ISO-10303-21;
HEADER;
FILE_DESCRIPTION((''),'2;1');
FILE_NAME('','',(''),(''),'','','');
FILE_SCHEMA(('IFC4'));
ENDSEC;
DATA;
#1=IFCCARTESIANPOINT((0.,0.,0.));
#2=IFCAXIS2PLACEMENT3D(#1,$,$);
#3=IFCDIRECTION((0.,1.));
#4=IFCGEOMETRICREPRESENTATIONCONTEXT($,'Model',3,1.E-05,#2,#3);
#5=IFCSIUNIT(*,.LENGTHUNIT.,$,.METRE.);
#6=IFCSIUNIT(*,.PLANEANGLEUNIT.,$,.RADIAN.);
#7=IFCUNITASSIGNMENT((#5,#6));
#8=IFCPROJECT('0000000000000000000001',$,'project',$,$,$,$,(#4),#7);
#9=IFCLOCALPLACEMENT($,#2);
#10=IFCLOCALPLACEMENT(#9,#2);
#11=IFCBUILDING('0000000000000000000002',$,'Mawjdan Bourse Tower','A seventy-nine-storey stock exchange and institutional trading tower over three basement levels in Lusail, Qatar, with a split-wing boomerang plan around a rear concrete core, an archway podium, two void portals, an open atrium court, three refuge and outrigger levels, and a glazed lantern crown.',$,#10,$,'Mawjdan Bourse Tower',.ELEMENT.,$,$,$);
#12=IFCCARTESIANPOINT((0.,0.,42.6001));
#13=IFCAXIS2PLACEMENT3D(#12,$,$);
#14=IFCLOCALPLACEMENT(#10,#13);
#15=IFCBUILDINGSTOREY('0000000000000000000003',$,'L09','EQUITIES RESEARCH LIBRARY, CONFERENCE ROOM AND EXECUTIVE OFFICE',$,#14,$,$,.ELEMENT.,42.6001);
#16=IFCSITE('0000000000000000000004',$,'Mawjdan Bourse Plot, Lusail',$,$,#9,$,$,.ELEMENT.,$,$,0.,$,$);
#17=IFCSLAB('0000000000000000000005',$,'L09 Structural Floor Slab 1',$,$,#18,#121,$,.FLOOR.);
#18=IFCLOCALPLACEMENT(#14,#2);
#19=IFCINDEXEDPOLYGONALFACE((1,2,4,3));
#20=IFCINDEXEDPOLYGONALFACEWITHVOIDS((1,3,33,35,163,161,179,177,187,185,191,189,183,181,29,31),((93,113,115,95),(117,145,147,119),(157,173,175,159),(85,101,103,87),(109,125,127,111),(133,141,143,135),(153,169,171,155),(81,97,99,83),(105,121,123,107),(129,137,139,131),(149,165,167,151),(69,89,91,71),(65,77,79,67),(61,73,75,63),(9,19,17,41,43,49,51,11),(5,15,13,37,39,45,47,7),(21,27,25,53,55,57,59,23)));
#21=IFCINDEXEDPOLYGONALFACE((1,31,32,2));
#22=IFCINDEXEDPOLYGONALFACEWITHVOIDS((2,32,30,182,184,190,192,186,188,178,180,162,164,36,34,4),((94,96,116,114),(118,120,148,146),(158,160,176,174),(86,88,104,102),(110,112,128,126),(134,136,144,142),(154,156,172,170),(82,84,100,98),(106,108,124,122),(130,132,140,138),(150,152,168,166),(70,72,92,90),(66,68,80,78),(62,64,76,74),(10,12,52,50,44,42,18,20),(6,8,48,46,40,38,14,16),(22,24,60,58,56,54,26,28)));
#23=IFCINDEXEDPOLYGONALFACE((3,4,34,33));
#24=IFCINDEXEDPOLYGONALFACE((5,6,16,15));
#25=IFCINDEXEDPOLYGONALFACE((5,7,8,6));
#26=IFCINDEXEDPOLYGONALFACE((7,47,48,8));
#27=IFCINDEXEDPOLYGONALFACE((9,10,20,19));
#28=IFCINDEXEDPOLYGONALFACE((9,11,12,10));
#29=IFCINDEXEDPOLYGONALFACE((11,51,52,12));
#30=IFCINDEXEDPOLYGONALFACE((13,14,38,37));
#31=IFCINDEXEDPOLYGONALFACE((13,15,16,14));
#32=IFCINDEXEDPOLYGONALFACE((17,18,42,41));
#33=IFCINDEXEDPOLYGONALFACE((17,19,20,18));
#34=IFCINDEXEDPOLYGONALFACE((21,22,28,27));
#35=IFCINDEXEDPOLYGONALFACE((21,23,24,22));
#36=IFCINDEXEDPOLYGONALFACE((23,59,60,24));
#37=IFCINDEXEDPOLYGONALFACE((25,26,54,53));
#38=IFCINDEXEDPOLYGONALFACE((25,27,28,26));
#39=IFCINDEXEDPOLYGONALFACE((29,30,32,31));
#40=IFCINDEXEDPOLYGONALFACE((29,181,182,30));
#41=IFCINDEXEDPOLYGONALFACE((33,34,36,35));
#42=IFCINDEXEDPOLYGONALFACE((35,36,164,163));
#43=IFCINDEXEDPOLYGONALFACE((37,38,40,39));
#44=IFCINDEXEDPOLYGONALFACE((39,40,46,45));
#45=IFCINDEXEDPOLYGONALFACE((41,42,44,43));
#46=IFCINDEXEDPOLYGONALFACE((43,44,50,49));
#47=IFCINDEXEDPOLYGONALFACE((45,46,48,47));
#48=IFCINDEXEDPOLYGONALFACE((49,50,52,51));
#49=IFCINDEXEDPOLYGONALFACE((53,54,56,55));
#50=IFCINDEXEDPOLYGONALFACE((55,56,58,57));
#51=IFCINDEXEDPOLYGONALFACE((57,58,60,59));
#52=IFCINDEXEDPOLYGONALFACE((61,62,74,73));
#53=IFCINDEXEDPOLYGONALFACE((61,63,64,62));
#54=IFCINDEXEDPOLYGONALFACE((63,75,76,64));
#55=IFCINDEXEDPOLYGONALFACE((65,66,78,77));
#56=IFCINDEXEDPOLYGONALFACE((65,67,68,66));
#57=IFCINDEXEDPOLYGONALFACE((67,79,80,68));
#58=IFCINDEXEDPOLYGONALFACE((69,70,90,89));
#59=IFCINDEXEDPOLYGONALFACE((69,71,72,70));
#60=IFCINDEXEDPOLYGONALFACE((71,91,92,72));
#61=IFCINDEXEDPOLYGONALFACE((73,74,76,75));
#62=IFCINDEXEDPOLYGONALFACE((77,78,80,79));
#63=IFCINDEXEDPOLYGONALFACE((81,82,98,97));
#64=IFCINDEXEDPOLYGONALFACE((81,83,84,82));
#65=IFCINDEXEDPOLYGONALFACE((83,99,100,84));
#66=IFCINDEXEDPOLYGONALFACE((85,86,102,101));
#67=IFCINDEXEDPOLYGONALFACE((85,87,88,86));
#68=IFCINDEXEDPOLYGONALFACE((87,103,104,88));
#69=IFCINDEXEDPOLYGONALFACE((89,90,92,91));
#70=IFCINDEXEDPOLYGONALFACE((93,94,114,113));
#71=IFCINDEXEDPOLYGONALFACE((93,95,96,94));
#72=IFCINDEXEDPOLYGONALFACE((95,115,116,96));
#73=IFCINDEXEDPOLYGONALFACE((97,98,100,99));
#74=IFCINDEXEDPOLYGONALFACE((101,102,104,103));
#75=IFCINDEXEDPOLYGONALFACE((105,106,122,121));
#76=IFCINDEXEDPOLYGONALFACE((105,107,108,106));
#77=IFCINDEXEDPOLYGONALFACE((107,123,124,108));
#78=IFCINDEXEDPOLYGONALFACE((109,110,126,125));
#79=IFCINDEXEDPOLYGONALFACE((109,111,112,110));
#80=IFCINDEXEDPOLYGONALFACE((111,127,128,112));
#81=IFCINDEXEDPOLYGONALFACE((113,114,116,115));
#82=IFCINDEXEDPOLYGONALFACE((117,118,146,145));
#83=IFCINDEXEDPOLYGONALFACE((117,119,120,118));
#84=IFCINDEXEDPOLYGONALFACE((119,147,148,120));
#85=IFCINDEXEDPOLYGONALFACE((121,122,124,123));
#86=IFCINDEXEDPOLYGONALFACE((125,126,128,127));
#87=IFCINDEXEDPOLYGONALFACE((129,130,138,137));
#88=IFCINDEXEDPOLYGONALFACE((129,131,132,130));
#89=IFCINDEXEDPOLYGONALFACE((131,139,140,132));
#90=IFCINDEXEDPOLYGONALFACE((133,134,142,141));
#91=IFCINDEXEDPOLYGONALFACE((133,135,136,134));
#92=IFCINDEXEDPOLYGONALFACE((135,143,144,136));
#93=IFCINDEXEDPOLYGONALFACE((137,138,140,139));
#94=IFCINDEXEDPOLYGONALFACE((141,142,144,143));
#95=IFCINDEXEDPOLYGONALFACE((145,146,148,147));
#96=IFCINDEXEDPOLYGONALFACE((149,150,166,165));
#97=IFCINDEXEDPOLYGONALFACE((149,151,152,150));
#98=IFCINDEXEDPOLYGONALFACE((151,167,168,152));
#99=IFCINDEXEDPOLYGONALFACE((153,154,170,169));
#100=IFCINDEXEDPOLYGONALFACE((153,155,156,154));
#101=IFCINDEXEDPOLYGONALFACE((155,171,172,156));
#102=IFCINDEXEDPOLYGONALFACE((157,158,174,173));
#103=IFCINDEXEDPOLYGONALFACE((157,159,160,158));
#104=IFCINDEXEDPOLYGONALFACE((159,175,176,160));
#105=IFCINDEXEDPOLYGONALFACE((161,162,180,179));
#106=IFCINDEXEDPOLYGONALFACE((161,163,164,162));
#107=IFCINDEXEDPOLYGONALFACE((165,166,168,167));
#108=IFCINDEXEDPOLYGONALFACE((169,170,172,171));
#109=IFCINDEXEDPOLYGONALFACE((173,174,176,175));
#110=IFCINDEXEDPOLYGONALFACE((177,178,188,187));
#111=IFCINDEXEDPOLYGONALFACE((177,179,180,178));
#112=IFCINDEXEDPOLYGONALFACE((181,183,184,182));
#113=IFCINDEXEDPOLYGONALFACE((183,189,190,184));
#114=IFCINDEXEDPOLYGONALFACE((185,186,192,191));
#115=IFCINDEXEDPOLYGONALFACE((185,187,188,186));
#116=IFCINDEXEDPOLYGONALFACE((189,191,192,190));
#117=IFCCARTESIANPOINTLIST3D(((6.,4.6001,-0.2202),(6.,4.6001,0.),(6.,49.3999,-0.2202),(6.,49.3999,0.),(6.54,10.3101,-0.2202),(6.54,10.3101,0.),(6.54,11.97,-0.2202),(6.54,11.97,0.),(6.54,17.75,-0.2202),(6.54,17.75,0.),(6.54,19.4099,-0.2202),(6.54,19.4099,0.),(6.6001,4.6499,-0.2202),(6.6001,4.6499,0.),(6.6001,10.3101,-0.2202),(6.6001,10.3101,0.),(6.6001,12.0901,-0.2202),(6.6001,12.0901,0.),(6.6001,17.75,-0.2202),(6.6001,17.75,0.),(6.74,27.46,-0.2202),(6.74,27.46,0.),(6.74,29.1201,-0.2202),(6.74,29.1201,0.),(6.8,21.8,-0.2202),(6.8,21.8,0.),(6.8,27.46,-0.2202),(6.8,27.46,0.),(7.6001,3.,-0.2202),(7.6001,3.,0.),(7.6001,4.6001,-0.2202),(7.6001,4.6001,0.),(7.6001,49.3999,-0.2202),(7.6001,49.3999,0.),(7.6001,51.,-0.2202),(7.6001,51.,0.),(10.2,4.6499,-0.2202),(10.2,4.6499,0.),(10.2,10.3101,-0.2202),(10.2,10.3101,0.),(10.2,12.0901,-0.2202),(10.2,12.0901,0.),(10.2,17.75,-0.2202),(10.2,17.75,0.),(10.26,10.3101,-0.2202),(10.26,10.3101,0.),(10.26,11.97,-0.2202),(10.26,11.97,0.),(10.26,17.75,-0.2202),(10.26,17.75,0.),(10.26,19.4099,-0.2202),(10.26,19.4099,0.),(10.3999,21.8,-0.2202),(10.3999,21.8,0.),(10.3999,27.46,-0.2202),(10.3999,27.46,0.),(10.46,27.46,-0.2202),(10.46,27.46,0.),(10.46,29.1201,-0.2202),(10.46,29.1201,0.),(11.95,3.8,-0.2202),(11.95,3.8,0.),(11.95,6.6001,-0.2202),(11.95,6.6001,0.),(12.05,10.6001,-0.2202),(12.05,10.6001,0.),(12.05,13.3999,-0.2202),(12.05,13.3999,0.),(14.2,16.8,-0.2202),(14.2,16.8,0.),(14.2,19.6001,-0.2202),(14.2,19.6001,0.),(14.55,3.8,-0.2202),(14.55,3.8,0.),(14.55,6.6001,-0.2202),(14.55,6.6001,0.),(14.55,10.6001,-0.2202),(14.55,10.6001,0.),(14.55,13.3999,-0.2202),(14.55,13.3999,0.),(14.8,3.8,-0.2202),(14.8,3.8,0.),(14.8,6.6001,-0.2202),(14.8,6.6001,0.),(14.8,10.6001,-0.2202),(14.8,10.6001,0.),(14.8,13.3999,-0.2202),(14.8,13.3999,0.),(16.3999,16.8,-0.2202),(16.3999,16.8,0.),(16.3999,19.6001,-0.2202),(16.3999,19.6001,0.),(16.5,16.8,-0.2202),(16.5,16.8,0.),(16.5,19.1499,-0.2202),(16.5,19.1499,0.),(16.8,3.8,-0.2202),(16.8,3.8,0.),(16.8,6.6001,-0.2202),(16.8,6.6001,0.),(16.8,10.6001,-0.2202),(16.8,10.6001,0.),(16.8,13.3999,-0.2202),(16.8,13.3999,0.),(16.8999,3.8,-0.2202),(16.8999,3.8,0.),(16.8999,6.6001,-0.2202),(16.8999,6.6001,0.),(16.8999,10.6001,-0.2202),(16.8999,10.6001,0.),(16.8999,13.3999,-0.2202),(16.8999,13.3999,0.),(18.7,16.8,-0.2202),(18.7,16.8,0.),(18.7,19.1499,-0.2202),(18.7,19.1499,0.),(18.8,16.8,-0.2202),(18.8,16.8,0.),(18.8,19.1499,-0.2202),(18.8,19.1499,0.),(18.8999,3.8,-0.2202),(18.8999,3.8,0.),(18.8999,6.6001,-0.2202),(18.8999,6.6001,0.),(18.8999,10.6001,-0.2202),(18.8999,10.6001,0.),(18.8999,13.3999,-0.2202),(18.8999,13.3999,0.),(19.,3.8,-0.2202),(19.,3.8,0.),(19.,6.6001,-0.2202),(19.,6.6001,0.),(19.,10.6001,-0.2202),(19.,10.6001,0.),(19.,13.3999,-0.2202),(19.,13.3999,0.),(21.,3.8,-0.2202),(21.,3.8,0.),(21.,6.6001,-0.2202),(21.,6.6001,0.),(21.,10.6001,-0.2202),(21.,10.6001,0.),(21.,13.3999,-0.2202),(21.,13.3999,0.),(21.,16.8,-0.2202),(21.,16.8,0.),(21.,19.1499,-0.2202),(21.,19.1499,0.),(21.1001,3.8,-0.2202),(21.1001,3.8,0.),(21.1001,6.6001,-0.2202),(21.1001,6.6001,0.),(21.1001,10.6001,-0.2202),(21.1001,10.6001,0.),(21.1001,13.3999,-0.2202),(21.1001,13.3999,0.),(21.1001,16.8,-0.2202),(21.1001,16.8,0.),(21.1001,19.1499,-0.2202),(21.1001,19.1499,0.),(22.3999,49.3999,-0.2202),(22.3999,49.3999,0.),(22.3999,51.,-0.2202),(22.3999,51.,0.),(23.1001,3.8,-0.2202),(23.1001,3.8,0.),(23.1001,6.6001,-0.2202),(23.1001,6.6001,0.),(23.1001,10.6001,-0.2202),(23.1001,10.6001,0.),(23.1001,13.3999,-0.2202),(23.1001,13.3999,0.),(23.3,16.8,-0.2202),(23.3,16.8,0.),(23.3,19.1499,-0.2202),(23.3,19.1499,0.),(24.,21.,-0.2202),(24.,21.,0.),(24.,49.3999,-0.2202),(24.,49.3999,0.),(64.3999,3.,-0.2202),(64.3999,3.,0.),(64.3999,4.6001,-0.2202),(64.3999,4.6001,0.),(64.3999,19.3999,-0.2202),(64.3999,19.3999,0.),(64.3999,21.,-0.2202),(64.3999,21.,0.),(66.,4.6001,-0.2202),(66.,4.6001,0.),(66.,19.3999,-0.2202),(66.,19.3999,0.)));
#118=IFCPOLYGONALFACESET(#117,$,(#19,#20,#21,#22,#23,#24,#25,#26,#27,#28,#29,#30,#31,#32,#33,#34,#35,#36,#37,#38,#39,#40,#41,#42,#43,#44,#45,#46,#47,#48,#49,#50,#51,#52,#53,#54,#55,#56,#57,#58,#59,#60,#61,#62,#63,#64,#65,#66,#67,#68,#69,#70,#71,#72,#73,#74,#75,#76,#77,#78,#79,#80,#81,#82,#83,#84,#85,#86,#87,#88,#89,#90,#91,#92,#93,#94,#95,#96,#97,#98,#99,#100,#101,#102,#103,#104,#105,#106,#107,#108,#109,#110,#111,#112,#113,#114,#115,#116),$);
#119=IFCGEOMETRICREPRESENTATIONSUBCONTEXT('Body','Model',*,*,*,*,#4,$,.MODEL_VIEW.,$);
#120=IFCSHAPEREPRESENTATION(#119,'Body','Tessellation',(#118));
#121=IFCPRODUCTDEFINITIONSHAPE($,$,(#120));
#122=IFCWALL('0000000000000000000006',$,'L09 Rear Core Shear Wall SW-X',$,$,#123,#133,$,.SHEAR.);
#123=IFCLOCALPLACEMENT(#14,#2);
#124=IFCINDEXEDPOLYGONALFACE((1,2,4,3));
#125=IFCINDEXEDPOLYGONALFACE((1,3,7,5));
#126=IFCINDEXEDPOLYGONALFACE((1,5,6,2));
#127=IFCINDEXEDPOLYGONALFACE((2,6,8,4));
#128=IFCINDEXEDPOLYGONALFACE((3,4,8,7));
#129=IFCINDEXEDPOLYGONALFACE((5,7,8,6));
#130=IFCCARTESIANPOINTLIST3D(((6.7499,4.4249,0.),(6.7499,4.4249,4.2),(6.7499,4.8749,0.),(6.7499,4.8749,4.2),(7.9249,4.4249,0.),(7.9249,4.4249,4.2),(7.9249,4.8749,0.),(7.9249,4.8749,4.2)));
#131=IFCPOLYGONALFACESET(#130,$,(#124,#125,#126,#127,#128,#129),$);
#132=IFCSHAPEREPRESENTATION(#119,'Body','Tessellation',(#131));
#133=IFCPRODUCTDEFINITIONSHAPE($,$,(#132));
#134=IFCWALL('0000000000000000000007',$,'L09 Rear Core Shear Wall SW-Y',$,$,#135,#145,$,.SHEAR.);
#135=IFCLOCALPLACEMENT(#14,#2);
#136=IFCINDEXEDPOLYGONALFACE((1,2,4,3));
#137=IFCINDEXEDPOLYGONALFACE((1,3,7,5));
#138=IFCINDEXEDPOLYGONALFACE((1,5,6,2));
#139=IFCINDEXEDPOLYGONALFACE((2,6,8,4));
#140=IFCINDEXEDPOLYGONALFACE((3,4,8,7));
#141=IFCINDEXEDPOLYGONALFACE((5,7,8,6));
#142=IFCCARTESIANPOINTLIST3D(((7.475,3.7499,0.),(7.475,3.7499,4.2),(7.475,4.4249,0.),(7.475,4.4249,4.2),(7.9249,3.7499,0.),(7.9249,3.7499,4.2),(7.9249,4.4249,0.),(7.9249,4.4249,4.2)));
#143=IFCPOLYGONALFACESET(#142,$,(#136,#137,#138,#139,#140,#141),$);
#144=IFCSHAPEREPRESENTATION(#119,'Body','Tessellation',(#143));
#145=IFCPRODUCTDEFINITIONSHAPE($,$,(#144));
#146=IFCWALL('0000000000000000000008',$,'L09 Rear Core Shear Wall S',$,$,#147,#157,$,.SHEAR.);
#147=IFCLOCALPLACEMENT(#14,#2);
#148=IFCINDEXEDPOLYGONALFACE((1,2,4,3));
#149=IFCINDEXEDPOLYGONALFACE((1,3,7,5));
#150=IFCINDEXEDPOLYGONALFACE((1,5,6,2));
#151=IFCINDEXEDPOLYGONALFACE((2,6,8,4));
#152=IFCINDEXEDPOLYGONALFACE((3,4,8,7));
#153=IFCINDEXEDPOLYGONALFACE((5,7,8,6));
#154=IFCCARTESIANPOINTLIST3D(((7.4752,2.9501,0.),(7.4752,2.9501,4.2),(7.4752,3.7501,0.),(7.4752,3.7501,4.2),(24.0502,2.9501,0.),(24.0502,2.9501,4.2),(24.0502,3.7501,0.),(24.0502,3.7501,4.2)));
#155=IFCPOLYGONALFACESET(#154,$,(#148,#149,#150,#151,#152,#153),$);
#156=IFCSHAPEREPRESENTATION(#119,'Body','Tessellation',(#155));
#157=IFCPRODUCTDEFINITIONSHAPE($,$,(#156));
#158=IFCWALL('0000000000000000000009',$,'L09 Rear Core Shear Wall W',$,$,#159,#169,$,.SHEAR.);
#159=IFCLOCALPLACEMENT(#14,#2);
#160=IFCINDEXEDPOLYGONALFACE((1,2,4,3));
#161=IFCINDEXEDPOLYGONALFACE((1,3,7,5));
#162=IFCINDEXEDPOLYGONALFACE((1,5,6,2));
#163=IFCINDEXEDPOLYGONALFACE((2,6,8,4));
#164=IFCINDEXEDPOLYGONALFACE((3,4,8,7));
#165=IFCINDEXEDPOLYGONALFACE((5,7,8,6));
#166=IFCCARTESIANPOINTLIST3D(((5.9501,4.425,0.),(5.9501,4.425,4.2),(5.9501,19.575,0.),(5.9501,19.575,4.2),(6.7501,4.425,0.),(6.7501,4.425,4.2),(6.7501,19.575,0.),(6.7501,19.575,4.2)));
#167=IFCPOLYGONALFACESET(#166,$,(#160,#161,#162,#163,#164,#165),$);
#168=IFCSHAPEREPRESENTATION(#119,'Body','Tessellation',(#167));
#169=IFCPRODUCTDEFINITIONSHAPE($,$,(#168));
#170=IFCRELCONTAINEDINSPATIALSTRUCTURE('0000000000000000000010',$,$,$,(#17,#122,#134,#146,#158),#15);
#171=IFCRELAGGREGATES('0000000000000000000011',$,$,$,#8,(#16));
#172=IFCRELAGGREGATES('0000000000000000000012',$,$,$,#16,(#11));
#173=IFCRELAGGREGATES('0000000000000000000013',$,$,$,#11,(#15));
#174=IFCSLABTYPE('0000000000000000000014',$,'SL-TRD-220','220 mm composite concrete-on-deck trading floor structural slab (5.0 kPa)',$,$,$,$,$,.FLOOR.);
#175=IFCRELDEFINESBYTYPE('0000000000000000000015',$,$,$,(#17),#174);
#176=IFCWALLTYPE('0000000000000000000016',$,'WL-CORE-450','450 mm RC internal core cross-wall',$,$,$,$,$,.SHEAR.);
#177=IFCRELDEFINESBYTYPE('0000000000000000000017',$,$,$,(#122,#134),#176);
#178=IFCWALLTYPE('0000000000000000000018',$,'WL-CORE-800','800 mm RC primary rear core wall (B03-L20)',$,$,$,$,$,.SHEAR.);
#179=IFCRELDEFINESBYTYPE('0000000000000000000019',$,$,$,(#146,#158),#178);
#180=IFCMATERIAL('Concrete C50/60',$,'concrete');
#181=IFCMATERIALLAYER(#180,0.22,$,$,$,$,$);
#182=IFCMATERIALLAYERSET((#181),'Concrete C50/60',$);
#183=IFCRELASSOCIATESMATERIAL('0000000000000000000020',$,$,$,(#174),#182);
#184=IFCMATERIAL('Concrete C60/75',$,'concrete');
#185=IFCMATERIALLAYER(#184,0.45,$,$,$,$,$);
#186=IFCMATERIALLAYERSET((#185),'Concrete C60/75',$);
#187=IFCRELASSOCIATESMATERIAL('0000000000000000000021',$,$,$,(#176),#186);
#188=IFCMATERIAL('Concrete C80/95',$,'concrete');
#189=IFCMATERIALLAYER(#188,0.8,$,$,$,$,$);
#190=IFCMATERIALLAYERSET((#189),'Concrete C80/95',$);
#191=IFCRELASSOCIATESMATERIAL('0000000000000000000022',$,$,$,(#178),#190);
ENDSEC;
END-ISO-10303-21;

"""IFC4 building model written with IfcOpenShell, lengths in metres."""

from ifc_helpers import new_model, si_unit, direction, frame, frame_2d, origin, place, context, subcontext, project, spatial, polyline, rectangle, outline, extrude, material, layer, layer_set, type_object, element, save


model = new_model("IFC4")

# Units and contexts
model_context = context("Model", 3, precision=1e-05, world=origin(), true_north=direction((0.0, 1.0)))
body_context = subcontext(model_context, "Body", "Model", "MODEL_VIEW")
ifc_project = project(units=[si_unit("LENGTHUNIT", "METRE"), si_unit("PLANEANGLEUNIT", "RADIAN")], contexts=[model_context])

# Site, building, storey
site_placement = place(None, origin())
site = spatial("IfcSite", under=ifc_project, at=site_placement, Name="Mawjdan Bourse Plot, Lusail", CompositionType="ELEMENT", RefElevation=0.0)
building_placement = place(site_placement, origin())
building = spatial("IfcBuilding", under=site, at=building_placement, Name="Mawjdan Bourse Tower", Description="A seventy-nine-storey stock exchange and institutional trading tower over three basement levels in Lusail, Qatar, with a split-wing boomerang plan around a rear concrete core, an archway podium, two void portals, an open atrium court, three refuge and outrigger levels, and a glazed lantern crown.", LongName="Mawjdan Bourse Tower", CompositionType="ELEMENT")
storey_placement = place(building_placement, frame((0.0, 0.0, 42.6001)))
storey = spatial("IfcBuildingStorey", under=building, at=storey_placement, Name="L09", Description="EQUITIES RESEARCH LIBRARY, CONFERENCE ROOM AND EXECUTIVE OFFICE", CompositionType="ELEMENT", Elevation=42.6001)

# Shared definitions
ifc_material_1 = material(Name="Concrete C50/60", Category="concrete")

# Slab
ifc_layer_1 = layer(ifc_material_1, 0.22)
ifc_layer_set_1 = layer_set([ifc_layer_1], Name="Concrete C50/60")
slab_type_1 = type_object("IfcSlabType", Name="SL-TRD-220", Description="220 mm composite concrete-on-deck trading floor structural slab (5.0 kPa)", PredefinedType="FLOOR", material=ifc_layer_set_1)
slab_1_placement = place(storey_placement, frame((0.0, 0.0, -0.2202)))
element("IfcSlab", 1, at=slab_1_placement, inside=storey, type_object=slab_type_1, Name="L09 Structural Floor Slab 1", PredefinedType="FLOOR", context=body_context, shape_type="SweptSolid", body=[
    extrude(outline(polyline([(7.6001, 3.0), (64.3999, 3.0), (64.3999, 4.6001), (66.0, 4.6001), (66.0, 19.3999), (64.3999, 19.3999), (64.3999, 21.0), (24.0, 21.0), (24.0, 49.3999), (22.3999, 49.3999), (22.3999, 51.0), (7.6001, 51.0), (7.6001, 49.3999), (6.0, 49.3999), (6.0, 4.6001), (7.6001, 4.6001), (7.6001, 3.0)]), holes=[polyline([(11.95, 3.8), (11.95, 6.6001), (14.55, 6.6001), (14.55, 3.8), (11.95, 3.8)]), polyline([(14.8, 3.8), (14.8, 6.6001), (16.8, 6.6001), (16.8, 3.8), (14.8, 3.8)]), polyline([(10.26, 11.97), (10.26, 10.3101), (10.2, 10.3101), (10.2, 4.6499), (6.6001, 4.6499), (6.6001, 10.3101), (6.54, 10.3101), (6.54, 11.97), (10.26, 11.97)]), polyline([(12.05, 13.3999), (14.55, 13.3999), (14.55, 10.6001), (12.05, 10.6001), (12.05, 13.3999)]), polyline([(6.6001, 17.75), (6.54, 17.75), (6.54, 19.4099), (10.26, 19.4099), (10.26, 17.75), (10.2, 17.75), (10.2, 12.0901), (6.6001, 12.0901), (6.6001, 17.75)]), polyline([(14.2, 16.8), (14.2, 19.6001), (16.3999, 19.6001), (16.3999, 16.8), (14.2, 16.8)]), polyline([(10.46, 27.46), (10.3999, 27.46), (10.3999, 21.8), (6.8, 21.8), (6.8, 27.46), (6.74, 27.46), (6.74, 29.1201), (10.46, 29.1201), (10.46, 27.46)]), polyline([(16.8999, 3.8), (16.8999, 6.6001), (18.8999, 6.6001), (18.8999, 3.8), (16.8999, 3.8)]), polyline([(19.0, 3.8), (19.0, 6.6001), (21.0, 6.6001), (21.0, 3.8), (19.0, 3.8)]), polyline([(21.1001, 3.8), (21.1001, 6.6001), (23.1001, 6.6001), (23.1001, 3.8), (21.1001, 3.8)]), polyline([(14.8, 13.3999), (16.8, 13.3999), (16.8, 10.6001), (14.8, 10.6001), (14.8, 13.3999)]), polyline([(16.8999, 13.3999), (18.8999, 13.3999), (18.8999, 10.6001), (16.8999, 10.6001), (16.8999, 13.3999)]), polyline([(19.0, 10.6001), (19.0, 13.3999), (21.0, 13.3999), (21.0, 10.6001), (19.0, 10.6001)]), polyline([(21.1001, 10.6001), (21.1001, 13.3999), (23.1001, 13.3999), (23.1001, 10.6001), (21.1001, 10.6001)]), polyline([(16.5, 16.8), (16.5, 19.1499), (18.7, 19.1499), (18.7, 16.8), (16.5, 16.8)]), polyline([(18.8, 19.1499), (21.0, 19.1499), (21.0, 16.8), (18.8, 16.8), (18.8, 19.1499)]), polyline([(21.1001, 19.1499), (23.3, 19.1499), (23.3, 16.8), (21.1001, 16.8), (21.1001, 19.1499)])]), origin(), (0.0, 0.0, 1.0), 0.2202),
])

# Walls
ifc_material_2 = material(Name="Concrete C60/75", Category="concrete")
ifc_layer_2 = layer(ifc_material_2, 0.45)
ifc_layer_set_2 = layer_set([ifc_layer_2], Name="Concrete C60/75")
wall_type_1 = type_object("IfcWallType", Name="WL-CORE-450", Description="450 mm RC internal core cross-wall", PredefinedType="SHEAR", material=ifc_layer_set_2)
wall_1_placement = place(storey_placement, frame((6.75, 4.6499, 0.0), z_axis=(0.0, 0.0, 1.0), x_axis=(1.0, 0.0, 0.0)))
element("IfcWall", 2, at=wall_1_placement, inside=storey, type_object=wall_type_1, Name="L09 Rear Core Shear Wall SW-X", PredefinedType="SHEAR", context=body_context, shape_type="SweptSolid", body=[
    extrude(rectangle(XDim=1.175, YDim=0.45, at=frame_2d((0.5874, 0.0))), origin(), (0.0, 0.0, 1.0), 4.2),
])
wall_2_placement = place(storey_placement, frame((7.7, 3.75, 0.0), z_axis=(0.0, 0.0, 1.0), x_axis=(0.0, 1.0, 0.0)))
element("IfcWall", 3, at=wall_2_placement, inside=storey, type_object=wall_type_1, Name="L09 Rear Core Shear Wall SW-Y", PredefinedType="SHEAR", context=body_context, shape_type="SweptSolid", body=[
    extrude(rectangle(XDim=0.675, YDim=0.45, at=frame_2d((0.3374, 0.0))), origin(), (0.0, 0.0, 1.0), 4.2),
])
ifc_material_3 = material(Name="Concrete C80/95", Category="concrete")
ifc_layer_3 = layer(ifc_material_3, 0.8)
ifc_layer_set_3 = layer_set([ifc_layer_3], Name="Concrete C80/95")
wall_type_2 = type_object("IfcWallType", Name="WL-CORE-800", Description="800 mm RC primary rear core wall (B03-L20)", PredefinedType="SHEAR", material=ifc_layer_set_3)
wall_3_placement = place(storey_placement, frame((7.4751, 3.3501, 0.0), z_axis=(0.0, 0.0, 1.0), x_axis=(1.0, 0.0, 0.0)))
element("IfcWall", 4, at=wall_3_placement, inside=storey, type_object=wall_type_2, Name="L09 Rear Core Shear Wall S", PredefinedType="SHEAR", context=body_context, shape_type="SweptSolid", body=[
    extrude(rectangle(XDim=16.575, YDim=0.8, at=frame_2d((8.2876, 0.0))), origin(), (0.0, 0.0, 1.0), 4.2),
])
wall_4_placement = place(storey_placement, frame((6.3501, 4.425, 0.0), z_axis=(0.0, 0.0, 1.0), x_axis=(0.0, 1.0, 0.0)))
element("IfcWall", 5, at=wall_4_placement, inside=storey, type_object=wall_type_2, Name="L09 Rear Core Shear Wall W", PredefinedType="SHEAR", context=body_context, shape_type="SweptSolid", body=[
    extrude(rectangle(XDim=15.1499, YDim=0.8, at=frame_2d((7.575, 0.0))), origin(), (0.0, 0.0, 1.0), 4.2),
])

save(model, "model.ifc")
